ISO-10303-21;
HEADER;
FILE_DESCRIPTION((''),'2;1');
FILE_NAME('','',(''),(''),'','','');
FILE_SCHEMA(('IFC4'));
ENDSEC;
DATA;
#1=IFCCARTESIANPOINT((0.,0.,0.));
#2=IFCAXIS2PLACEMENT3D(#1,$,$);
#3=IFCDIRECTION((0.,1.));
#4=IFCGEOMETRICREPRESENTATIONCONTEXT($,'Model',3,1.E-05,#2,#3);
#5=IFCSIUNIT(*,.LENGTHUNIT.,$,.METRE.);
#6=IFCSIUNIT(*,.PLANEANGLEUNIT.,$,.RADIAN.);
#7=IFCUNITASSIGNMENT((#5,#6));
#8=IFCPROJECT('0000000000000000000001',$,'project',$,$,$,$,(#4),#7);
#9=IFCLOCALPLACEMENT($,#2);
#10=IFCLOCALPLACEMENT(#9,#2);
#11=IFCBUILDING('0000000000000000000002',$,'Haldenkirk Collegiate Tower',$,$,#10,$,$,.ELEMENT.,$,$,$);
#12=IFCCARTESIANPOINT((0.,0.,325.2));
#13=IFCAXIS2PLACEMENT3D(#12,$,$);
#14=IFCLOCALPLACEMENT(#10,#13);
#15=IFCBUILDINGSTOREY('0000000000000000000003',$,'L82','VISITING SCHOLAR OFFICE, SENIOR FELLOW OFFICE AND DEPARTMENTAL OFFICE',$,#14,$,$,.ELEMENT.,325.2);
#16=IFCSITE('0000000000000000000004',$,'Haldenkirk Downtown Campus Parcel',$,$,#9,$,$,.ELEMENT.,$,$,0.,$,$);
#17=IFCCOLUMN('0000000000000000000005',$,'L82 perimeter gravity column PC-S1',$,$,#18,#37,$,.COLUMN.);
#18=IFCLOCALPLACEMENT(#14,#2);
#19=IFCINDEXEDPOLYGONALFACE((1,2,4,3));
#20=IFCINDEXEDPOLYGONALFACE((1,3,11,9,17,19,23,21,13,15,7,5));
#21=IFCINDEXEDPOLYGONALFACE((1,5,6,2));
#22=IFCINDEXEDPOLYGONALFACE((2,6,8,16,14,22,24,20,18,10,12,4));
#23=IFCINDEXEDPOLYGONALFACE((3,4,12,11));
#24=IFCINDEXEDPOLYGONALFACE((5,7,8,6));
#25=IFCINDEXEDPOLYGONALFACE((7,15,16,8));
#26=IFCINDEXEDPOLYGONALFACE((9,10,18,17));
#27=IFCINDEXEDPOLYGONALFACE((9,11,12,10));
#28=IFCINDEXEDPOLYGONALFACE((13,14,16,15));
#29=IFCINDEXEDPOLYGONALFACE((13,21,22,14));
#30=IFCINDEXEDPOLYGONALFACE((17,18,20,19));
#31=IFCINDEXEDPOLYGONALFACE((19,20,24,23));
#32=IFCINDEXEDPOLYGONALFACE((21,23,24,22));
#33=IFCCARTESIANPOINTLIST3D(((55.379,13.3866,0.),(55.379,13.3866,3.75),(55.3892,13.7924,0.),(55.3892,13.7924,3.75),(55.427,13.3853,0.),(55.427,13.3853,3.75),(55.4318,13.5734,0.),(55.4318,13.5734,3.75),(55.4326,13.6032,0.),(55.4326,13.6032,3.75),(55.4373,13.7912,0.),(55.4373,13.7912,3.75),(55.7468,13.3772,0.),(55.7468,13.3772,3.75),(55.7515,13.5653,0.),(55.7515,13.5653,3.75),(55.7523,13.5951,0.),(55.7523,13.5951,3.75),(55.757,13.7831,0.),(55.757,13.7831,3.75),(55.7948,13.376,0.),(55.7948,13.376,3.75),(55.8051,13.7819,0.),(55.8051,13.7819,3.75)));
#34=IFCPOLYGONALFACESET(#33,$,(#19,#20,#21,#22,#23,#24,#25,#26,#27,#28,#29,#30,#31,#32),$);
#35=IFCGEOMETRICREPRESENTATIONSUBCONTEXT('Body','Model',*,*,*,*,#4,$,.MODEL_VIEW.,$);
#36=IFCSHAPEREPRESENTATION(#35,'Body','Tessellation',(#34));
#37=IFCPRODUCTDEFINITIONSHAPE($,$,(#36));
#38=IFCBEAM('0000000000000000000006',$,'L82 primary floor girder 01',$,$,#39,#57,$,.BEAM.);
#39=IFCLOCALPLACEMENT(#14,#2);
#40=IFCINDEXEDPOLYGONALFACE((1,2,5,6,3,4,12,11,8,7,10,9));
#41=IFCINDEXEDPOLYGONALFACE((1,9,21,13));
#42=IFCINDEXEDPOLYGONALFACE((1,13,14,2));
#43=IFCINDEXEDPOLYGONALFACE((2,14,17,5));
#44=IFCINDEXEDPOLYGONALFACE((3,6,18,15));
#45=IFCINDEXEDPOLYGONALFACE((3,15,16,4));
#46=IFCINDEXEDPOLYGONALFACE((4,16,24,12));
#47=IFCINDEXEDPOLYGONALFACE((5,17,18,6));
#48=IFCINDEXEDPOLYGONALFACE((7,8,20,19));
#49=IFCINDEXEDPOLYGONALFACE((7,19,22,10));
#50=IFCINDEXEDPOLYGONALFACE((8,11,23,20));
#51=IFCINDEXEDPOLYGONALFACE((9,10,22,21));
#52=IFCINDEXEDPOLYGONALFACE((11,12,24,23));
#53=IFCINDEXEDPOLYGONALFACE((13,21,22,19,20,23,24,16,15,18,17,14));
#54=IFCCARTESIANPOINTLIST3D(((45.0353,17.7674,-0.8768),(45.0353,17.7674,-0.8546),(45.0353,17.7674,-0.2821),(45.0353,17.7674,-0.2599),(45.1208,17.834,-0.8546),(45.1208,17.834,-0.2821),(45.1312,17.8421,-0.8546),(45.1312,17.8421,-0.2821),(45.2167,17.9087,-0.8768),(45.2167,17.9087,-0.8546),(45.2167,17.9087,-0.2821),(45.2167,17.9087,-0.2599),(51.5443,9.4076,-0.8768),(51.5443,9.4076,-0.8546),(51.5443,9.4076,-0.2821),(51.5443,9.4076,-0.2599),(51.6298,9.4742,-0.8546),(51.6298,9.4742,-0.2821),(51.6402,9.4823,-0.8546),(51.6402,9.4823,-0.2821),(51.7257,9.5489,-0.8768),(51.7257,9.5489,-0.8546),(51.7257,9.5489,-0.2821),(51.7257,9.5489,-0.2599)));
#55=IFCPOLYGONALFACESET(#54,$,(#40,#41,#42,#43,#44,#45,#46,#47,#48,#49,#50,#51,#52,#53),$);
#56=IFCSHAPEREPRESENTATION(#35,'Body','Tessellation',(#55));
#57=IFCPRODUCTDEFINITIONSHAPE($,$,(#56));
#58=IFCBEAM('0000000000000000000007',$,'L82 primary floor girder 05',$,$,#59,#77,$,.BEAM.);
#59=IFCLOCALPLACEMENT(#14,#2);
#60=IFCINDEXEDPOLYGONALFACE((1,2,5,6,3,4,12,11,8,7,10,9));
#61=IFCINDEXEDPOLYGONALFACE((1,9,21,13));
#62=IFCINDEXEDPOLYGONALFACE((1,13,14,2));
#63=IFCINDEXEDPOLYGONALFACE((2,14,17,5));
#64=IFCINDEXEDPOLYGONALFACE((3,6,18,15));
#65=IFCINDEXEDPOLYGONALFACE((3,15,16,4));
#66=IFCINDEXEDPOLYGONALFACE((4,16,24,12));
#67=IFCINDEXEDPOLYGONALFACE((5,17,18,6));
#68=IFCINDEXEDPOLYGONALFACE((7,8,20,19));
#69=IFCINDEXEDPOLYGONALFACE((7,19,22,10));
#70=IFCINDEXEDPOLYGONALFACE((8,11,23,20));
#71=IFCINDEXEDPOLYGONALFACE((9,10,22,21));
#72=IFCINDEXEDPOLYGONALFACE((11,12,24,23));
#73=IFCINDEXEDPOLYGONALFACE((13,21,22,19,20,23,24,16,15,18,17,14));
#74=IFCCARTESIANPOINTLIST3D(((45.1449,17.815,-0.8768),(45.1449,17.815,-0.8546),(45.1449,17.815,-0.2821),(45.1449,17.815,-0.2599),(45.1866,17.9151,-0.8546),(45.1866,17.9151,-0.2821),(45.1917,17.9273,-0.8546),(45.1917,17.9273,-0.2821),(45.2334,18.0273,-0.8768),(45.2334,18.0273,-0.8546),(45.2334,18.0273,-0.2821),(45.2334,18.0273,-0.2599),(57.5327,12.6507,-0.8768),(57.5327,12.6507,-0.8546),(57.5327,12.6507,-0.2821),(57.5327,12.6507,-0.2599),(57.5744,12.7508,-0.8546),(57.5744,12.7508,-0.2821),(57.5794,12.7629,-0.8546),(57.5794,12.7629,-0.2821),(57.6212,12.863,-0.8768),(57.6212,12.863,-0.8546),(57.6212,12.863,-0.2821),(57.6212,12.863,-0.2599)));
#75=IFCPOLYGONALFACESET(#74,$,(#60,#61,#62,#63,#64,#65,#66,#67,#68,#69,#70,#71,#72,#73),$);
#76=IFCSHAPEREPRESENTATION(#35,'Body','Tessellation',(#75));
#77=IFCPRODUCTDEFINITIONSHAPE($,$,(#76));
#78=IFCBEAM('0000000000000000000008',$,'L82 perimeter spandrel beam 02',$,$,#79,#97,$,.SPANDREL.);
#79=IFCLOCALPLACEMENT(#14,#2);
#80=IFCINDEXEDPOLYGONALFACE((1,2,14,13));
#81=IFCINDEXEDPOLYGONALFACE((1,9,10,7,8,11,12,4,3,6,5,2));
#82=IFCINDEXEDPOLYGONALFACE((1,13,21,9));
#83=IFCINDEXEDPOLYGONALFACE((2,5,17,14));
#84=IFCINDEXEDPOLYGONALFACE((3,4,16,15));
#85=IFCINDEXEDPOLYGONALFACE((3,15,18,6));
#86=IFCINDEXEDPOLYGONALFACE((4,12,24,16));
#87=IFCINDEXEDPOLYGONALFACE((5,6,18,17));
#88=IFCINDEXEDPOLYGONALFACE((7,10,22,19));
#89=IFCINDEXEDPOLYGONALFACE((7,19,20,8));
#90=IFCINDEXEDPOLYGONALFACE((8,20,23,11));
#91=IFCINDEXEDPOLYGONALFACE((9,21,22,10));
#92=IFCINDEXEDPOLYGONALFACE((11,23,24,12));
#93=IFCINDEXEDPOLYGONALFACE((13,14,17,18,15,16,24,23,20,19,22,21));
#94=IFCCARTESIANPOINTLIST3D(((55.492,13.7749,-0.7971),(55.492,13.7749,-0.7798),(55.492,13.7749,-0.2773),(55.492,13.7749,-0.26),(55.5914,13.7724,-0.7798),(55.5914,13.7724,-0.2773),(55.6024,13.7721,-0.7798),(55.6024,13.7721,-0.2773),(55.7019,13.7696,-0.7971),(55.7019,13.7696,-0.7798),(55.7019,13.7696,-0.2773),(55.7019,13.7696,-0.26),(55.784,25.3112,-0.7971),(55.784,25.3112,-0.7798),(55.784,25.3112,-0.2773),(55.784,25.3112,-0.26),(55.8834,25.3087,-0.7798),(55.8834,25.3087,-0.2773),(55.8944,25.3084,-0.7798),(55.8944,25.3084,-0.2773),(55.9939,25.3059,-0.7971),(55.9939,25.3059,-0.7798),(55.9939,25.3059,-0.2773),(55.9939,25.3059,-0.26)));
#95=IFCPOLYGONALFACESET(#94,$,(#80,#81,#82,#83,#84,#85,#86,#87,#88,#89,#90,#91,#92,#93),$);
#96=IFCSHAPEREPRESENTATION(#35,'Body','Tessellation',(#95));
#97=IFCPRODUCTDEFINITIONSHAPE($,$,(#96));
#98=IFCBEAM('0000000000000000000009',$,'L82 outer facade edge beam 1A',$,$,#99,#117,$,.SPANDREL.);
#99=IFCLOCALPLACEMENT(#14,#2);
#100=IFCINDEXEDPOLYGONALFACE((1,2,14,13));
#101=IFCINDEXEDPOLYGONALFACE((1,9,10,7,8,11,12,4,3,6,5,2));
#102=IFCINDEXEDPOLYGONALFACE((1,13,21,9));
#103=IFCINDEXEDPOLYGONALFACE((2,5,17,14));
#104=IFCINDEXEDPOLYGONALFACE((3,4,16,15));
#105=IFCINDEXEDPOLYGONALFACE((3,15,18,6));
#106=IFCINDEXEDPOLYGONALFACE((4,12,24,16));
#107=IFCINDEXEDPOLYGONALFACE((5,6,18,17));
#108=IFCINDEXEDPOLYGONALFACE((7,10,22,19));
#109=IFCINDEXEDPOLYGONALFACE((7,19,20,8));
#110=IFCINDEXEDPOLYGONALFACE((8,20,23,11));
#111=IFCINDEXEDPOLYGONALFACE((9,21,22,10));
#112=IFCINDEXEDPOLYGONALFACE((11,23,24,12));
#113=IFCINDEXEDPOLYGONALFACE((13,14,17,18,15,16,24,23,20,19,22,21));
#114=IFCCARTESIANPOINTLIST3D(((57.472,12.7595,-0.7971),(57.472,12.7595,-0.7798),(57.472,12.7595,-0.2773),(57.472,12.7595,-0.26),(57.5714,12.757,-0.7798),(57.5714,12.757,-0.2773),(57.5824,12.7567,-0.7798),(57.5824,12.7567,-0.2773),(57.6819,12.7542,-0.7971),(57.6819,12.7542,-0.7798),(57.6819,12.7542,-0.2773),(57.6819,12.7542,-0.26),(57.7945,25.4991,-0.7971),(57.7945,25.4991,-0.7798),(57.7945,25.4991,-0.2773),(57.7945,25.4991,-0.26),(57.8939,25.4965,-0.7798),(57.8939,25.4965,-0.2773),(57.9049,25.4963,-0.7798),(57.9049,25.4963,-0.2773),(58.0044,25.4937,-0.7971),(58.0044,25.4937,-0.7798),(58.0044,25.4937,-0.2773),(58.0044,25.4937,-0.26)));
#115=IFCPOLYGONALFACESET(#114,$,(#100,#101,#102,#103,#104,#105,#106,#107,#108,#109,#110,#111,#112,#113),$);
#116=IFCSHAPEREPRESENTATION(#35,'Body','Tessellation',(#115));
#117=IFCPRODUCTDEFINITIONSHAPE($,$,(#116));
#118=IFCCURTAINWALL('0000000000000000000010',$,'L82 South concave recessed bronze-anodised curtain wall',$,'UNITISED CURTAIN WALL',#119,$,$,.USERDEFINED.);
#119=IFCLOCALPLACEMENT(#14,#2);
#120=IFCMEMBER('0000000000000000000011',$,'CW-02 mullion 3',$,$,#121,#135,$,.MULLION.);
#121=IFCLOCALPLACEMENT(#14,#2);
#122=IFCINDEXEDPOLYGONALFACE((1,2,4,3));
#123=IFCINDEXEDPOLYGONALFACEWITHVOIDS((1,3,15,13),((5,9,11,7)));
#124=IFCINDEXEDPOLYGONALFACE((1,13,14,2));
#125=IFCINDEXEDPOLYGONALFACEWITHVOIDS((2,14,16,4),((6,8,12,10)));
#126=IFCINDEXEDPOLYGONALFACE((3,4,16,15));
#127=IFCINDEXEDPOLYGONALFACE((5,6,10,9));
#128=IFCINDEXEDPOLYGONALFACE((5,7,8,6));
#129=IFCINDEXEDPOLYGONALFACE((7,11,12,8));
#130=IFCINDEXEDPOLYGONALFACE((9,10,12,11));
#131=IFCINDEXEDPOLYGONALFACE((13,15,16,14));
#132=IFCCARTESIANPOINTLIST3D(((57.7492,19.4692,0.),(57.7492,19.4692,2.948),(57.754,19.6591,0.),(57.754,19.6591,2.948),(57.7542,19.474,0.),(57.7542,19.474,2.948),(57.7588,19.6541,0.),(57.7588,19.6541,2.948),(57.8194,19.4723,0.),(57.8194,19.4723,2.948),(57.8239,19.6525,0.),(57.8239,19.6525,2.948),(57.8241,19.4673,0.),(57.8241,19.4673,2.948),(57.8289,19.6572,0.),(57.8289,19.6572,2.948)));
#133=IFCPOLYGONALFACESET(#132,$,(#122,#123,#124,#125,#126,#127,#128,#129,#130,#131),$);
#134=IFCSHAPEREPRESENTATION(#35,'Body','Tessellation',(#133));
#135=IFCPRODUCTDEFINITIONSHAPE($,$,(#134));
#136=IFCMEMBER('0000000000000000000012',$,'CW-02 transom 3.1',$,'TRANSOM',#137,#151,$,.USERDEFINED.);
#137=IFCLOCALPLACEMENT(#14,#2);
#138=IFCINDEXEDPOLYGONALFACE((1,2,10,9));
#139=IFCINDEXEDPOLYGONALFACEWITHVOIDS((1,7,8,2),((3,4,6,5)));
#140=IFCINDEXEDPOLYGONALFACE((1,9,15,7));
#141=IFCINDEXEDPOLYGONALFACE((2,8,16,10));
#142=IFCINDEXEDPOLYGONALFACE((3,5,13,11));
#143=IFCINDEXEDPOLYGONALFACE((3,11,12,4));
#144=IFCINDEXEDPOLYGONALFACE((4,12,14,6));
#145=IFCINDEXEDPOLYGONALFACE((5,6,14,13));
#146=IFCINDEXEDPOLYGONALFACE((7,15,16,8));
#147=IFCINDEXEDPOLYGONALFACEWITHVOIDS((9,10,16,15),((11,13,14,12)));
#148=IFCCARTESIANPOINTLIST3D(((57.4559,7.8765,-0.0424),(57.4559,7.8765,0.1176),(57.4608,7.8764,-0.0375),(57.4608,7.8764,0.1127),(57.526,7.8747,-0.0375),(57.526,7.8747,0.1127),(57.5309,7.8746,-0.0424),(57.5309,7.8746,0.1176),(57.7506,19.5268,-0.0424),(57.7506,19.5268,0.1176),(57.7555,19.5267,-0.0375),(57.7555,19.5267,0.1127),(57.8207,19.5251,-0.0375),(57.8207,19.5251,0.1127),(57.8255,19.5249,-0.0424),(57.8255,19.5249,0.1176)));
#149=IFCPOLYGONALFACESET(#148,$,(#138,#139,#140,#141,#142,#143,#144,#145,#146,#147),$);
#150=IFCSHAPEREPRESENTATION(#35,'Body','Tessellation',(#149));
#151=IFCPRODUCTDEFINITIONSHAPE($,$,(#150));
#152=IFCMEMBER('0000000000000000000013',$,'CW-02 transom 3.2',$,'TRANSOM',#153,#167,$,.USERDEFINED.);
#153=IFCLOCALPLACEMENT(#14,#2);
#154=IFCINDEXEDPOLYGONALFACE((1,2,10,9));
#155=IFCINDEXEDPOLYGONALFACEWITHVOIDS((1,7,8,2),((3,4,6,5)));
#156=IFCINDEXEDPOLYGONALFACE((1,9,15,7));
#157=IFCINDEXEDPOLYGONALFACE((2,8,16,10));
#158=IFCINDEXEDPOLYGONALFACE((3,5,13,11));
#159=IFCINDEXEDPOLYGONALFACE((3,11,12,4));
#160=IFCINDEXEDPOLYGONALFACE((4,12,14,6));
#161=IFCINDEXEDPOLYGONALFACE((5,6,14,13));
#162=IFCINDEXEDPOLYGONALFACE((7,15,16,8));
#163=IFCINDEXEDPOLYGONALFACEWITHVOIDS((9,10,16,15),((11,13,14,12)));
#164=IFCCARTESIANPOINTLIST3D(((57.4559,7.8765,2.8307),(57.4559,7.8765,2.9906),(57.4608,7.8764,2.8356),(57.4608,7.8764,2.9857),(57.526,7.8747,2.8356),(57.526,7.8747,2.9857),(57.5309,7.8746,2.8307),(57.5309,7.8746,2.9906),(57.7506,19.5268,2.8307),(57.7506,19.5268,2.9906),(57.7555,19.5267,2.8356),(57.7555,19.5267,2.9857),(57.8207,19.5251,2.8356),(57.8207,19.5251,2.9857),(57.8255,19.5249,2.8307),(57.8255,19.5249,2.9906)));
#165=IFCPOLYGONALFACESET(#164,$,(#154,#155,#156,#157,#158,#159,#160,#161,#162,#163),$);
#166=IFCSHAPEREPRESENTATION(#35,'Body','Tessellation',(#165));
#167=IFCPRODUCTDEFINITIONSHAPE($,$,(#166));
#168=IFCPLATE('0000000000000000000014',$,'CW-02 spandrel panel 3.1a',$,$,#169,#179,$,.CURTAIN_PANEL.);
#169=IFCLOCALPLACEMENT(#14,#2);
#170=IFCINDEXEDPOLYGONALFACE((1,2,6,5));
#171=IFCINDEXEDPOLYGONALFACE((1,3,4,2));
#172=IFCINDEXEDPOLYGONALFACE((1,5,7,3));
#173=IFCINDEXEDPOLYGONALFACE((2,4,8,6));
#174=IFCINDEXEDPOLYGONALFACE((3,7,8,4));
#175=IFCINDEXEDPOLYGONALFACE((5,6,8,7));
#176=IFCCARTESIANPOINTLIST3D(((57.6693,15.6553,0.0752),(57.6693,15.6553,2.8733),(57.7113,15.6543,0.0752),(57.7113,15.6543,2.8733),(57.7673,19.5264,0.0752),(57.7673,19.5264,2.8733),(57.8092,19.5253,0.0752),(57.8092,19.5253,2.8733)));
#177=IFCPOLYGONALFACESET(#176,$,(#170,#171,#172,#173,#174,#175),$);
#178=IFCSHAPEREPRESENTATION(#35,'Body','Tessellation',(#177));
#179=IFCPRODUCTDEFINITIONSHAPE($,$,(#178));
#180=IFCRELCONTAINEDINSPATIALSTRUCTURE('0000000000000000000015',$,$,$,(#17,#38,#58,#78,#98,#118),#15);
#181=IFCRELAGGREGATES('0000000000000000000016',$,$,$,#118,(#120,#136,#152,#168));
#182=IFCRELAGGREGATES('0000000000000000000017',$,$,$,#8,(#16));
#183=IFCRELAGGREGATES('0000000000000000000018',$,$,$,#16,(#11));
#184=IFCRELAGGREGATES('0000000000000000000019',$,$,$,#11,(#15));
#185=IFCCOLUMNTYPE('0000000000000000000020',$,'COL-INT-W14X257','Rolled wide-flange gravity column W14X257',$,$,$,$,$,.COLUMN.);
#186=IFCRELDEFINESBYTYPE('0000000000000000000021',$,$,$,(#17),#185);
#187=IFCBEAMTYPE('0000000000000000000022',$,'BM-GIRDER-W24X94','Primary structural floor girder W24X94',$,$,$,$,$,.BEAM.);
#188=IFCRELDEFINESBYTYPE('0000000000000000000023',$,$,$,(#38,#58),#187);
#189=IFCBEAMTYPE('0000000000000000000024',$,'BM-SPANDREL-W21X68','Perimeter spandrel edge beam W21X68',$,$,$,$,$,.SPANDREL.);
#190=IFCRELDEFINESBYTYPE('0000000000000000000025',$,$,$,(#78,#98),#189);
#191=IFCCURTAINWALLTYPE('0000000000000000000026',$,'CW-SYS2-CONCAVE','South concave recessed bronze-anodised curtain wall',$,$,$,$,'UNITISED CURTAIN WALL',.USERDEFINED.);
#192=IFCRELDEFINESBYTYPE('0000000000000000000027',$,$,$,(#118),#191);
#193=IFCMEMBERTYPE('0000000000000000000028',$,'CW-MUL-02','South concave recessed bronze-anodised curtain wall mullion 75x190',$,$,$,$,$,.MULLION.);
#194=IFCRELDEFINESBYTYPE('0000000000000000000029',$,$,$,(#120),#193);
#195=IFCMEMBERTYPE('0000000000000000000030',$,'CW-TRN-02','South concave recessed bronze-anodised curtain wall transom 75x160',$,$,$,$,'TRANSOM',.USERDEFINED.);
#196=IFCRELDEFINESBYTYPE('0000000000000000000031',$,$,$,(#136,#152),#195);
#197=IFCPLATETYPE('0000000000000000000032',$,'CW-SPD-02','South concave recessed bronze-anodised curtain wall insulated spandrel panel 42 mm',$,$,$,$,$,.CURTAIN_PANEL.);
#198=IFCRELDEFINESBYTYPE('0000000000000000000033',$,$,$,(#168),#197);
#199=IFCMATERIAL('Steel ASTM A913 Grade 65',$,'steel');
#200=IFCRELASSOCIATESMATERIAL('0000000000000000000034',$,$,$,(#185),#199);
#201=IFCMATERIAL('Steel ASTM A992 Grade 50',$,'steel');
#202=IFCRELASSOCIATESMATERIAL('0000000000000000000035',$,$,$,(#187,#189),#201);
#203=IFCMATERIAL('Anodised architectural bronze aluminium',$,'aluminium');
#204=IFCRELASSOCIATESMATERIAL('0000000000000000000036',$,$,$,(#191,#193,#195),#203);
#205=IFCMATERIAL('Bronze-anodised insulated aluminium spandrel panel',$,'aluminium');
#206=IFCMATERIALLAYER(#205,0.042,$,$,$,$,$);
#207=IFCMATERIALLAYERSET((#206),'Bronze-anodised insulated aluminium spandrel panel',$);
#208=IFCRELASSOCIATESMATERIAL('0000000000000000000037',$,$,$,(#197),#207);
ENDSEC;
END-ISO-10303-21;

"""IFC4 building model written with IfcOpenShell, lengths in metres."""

from ifc_helpers import new_model, si_unit, direction, frame, origin, origin_2d, place, context, subcontext, project, spatial, rectangle, hollow_rectangle, i_section, extrude, source, transform, mapped, material, layer, layer_set, material_profile, profile_set, type_object, element, aggregate, save


model = new_model("IFC4")

# Units and contexts
model_context = context("Model", 3, precision=1e-05, world=origin(), true_north=direction((0.0, 1.0)))
body_context = subcontext(model_context, "Body", "Model", "MODEL_VIEW")
ifc_project = project(units=[si_unit("LENGTHUNIT", "METRE"), si_unit("PLANEANGLEUNIT", "RADIAN")], contexts=[model_context])

# Site, building, storey
site_placement = place(None, origin())
site = spatial("IfcSite", under=ifc_project, at=site_placement, Name="Haldenkirk Downtown Campus Parcel", CompositionType="ELEMENT", RefElevation=0.0)
building_placement = place(site_placement, origin())
building = spatial("IfcBuilding", under=site, at=building_placement, Name="Haldenkirk Collegiate Tower", CompositionType="ELEMENT")
storey_placement = place(building_placement, frame((0.0, 0.0, 325.2)))
storey = spatial("IfcBuildingStorey", under=building, at=storey_placement, Name="L82", Description="VISITING SCHOLAR OFFICE, SENIOR FELLOW OFFICE AND DEPARTMENTAL OFFICE", CompositionType="ELEMENT", Elevation=325.2)

# Column
ifc_material_1 = material(Name="Steel ASTM A913 Grade 65", Category="steel")
ifc_material_profile_1 = material_profile(ifc_material_1, i_section(OverallWidth=0.406, OverallDepth=0.416, WebThickness=0.0298, FlangeThickness=0.0481, at=origin_2d()), Name="W14X257")
ifc_profile_set_1 = profile_set([ifc_material_profile_1], Name="Steel ASTM A913 Grade 65")
column_type = type_object("IfcColumnType", Name="COL-INT-W14X257", Description="Rolled wide-flange gravity column W14X257", PredefinedType="COLUMN", material=ifc_profile_set_1)
column_placement = place(storey_placement, frame((55.592, 13.5842, 0.0), z_axis=(0.0, 0.0, 1.0), x_axis=(0.025305, 0.99968, 0.0)))
element("IfcColumn", 1, at=column_placement, inside=storey, type_object=column_type, Name="L82 perimeter gravity column PC-S1", PredefinedType="COLUMN", context=body_context, shape_type="SweptSolid", body=[
    extrude(i_section(OverallWidth=0.406, OverallDepth=0.416, WebThickness=0.0298, FlangeThickness=0.0481, at=origin_2d()), origin(), (0.0, 0.0, 1.0), 3.75),
])

# Beams
ifc_material_2 = material(Name="Steel ASTM A992 Grade 50", Category="steel")
ifc_material_profile_2 = material_profile(ifc_material_2, i_section(OverallWidth=0.23, OverallDepth=0.6169, WebThickness=0.0132, FlangeThickness=0.0222, at=origin_2d()), Name="W24X94")
ifc_profile_set_2 = profile_set([ifc_material_profile_2], Name="Steel ASTM A992 Grade 50")
beam_type_1 = type_object("IfcBeamType", Name="BM-GIRDER-W24X94", Description="Primary structural floor girder W24X94", PredefinedType="BEAM", material=ifc_profile_set_2)
beam_1_placement = place(storey_placement, frame((51.635, 9.4783, -0.5684), z_axis=(-0.614347, 0.789036, 0.0), x_axis=(-0.789036, -0.614347, 0.0)))
element("IfcBeam", 2, at=beam_1_placement, inside=storey, type_object=beam_type_1, Name="L82 primary floor girder 01", PredefinedType="BEAM", context=body_context, shape_type="SweptSolid", body=[
    extrude(i_section(OverallWidth=0.23, OverallDepth=0.6169, WebThickness=0.0132, FlangeThickness=0.0222, at=origin_2d()), origin(), (0.0, 0.0, 1.0), 10.595),
])
beam_2_placement = place(storey_placement, frame((57.5769, 12.7568, -0.5684), z_axis=(-0.923004, 0.384791, 0.0), x_axis=(-0.384791, -0.923004, 0.0)))
element("IfcBeam", 3, at=beam_2_placement, inside=storey, type_object=beam_type_1, Name="L82 primary floor girder 05", PredefinedType="BEAM", context=body_context, shape_type="SweptSolid", body=[
    extrude(i_section(OverallWidth=0.23, OverallDepth=0.6169, WebThickness=0.0132, FlangeThickness=0.0222, at=origin_2d()), origin(), (0.0, 0.0, 1.0), 13.4211),
])
ifc_material_profile_3 = material_profile(ifc_material_2, i_section(OverallWidth=0.21, OverallDepth=0.5371, WebThickness=0.011, FlangeThickness=0.0173, at=origin_2d()), Name="W21X68")
ifc_profile_set_3 = profile_set([ifc_material_profile_3], Name="Steel ASTM A992 Grade 50")
beam_type_2 = type_object("IfcBeamType", Name="BM-SPANDREL-W21X68", Description="Perimeter spandrel edge beam W21X68", PredefinedType="SPANDREL", material=ifc_profile_set_3)
beam_3_placement = place(storey_placement, frame((55.5969, 13.7722, -0.5286), z_axis=(0.025302, 0.99968, 0.0), x_axis=(-0.99968, 0.025302, 0.0)))
element("IfcBeam", 4, at=beam_3_placement, inside=storey, type_object=beam_type_2, Name="L82 perimeter spandrel beam 02", PredefinedType="SPANDREL", context=body_context, shape_type="SweptSolid", body=[
    extrude(i_section(OverallWidth=0.21, OverallDepth=0.5371, WebThickness=0.011, FlangeThickness=0.0173, at=origin_2d()), origin(), (0.0, 0.0, 1.0), 11.54),
])
beam_4_placement = place(storey_placement, frame((57.5769, 12.7568, -0.5286), z_axis=(0.025308, 0.99968, 0.0), x_axis=(-0.99968, 0.025308, 0.0)))
element("IfcBeam", 5, at=beam_4_placement, inside=storey, type_object=beam_type_2, Name="L82 outer facade edge beam 1A", PredefinedType="SPANDREL", context=body_context, shape_type="SweptSolid", body=[
    extrude(i_section(OverallWidth=0.21, OverallDepth=0.5371, WebThickness=0.011, FlangeThickness=0.0173, at=origin_2d()), origin(), (0.0, 0.0, 1.0), 12.7437),
])

# Curtain wall, members, plate
ifc_material_3 = material(Name="Anodised architectural bronze aluminium", Category="aluminium")
curtain_wall_type = type_object("IfcCurtainWallType", Name="CW-SYS2-CONCAVE", Description="South concave recessed bronze-anodised curtain wall", ElementType="UNITISED CURTAIN WALL", PredefinedType="USERDEFINED", material=ifc_material_3)
curtain_wall_placement = place(storey_placement, origin())
curtain_wall = element("IfcCurtainWall", 6, at=curtain_wall_placement, inside=storey, type_object=curtain_wall_type, Name="L82 South concave recessed bronze-anodised curtain wall", ObjectType="UNITISED CURTAIN WALL", PredefinedType="USERDEFINED")
ifc_material_profile_4 = material_profile(ifc_material_3, hollow_rectangle(XDim=0.075, YDim=0.1899, WallThickness=0.0049, at=origin_2d()), Name="CW-MUL-02")
ifc_profile_set_4 = profile_set([ifc_material_profile_4], Name="Anodised architectural bronze aluminium")
member_type_1 = type_object("IfcMemberType", Name="CW-MUL-02", Description="South concave recessed bronze-anodised curtain wall mullion 75x190", PredefinedType="MULLION", material=ifc_profile_set_4)
member_1_placement = place(storey_placement, frame((57.7891, 19.5632, 0.0), z_axis=(0.0, 0.0, 1.0), x_axis=(0.99968, -0.025303, 0.0)))
member_1 = element("IfcMember", 7, at=member_1_placement, type_object=member_type_1, Name="CW-02 mullion 3", PredefinedType="MULLION", context=body_context, shape_type="SweptSolid", body=[
    extrude(hollow_rectangle(XDim=0.075, YDim=0.1899, WallThickness=0.0049, at=origin_2d()), origin(), (0.0, 0.0, 1.0), 2.948),
])
ifc_material_profile_5 = material_profile(ifc_material_3, hollow_rectangle(XDim=0.075, YDim=0.1599, WallThickness=0.0049, at=origin_2d()), Name="CW-TRN-02")
ifc_profile_set_5 = profile_set([ifc_material_profile_5], Name="Anodised architectural bronze aluminium")
member_type_2 = type_object("IfcMemberType", Name="CW-TRN-02", Description="South concave recessed bronze-anodised curtain wall transom 75x160", ElementType="TRANSOM", PredefinedType="USERDEFINED", material=ifc_profile_set_5)
member_2_placement = place(storey_placement, frame((57.7881, 19.5259, 0.0376), z_axis=(-0.025285, -0.99968, 0.0), x_axis=(0.99968, -0.025285, 0.0)))
member_2 = element("IfcMember", 8, at=member_2_placement, type_object=member_type_2, Name="CW-02 transom 3.1", ObjectType="TRANSOM", PredefinedType="USERDEFINED", context=body_context, shape_type="SweptSolid", body=[
    extrude(hollow_rectangle(XDim=0.075, YDim=0.1599, WallThickness=0.0049, at=origin_2d()), origin(), (0.0, 0.0, 1.0), 11.6541),
])
member_3_placement = place(storey_placement, frame((57.7881, 19.5259, 2.9106), z_axis=(-0.025285, -0.99968, 0.0), x_axis=(0.99968, -0.025285, 0.0)))
member_3 = element("IfcMember", 9, at=member_3_placement, type_object=member_type_2, Name="CW-02 transom 3.2", ObjectType="TRANSOM", PredefinedType="USERDEFINED", context=body_context, shape_type="SweptSolid", body=[
    extrude(hollow_rectangle(XDim=0.075, YDim=0.1599, WallThickness=0.0049, at=origin_2d()), origin(), (0.0, 0.0, 1.0), 11.6541),
])
ifc_material_4 = material(Name="Bronze-anodised insulated aluminium spandrel panel", Category="aluminium")
ifc_layer_1 = layer(ifc_material_4, 0.042)
ifc_layer_set_1 = layer_set([ifc_layer_1], Name="Bronze-anodised insulated aluminium spandrel panel")
plate_type_1 = type_object("IfcPlateType", Name="CW-SPD-02", Description="South concave recessed bronze-anodised curtain wall insulated spandrel panel 42 mm", PredefinedType="CURTAIN_PANEL", material=ifc_layer_set_1)
shared_shape_1 = source(origin(), body_context, "Body", "SweptSolid", [
    extrude(rectangle(XDim=3.8723, YDim=0.042, at=origin_2d()), origin(), (0.0, 0.0, 1.0), 2.7981),
])
plate_1_placement = place(storey_placement, frame((57.7393, 17.5903, 0.0752), z_axis=(0.0, 0.0, 1.0), x_axis=(-0.025303, -0.99968, 0.0)))
plate_1 = element("IfcPlate", 10, at=plate_1_placement, type_object=plate_type_1, Name="CW-02 spandrel panel 3.1a", PredefinedType="CURTAIN_PANEL", context=body_context, shape_type="MappedRepresentation", body=[
    mapped(shared_shape_1, transform((0.0, 0.0, 0.0), x_axis=(1.0, 0.0, 0.0), y_axis=(0.0, 1.0, 0.0), z_axis=(0.0, 0.0, 1.0), scale=1.0)),
])
aggregate(curtain_wall, [member_1, member_2, member_3, plate_1])

save(model, "model.ifc")
